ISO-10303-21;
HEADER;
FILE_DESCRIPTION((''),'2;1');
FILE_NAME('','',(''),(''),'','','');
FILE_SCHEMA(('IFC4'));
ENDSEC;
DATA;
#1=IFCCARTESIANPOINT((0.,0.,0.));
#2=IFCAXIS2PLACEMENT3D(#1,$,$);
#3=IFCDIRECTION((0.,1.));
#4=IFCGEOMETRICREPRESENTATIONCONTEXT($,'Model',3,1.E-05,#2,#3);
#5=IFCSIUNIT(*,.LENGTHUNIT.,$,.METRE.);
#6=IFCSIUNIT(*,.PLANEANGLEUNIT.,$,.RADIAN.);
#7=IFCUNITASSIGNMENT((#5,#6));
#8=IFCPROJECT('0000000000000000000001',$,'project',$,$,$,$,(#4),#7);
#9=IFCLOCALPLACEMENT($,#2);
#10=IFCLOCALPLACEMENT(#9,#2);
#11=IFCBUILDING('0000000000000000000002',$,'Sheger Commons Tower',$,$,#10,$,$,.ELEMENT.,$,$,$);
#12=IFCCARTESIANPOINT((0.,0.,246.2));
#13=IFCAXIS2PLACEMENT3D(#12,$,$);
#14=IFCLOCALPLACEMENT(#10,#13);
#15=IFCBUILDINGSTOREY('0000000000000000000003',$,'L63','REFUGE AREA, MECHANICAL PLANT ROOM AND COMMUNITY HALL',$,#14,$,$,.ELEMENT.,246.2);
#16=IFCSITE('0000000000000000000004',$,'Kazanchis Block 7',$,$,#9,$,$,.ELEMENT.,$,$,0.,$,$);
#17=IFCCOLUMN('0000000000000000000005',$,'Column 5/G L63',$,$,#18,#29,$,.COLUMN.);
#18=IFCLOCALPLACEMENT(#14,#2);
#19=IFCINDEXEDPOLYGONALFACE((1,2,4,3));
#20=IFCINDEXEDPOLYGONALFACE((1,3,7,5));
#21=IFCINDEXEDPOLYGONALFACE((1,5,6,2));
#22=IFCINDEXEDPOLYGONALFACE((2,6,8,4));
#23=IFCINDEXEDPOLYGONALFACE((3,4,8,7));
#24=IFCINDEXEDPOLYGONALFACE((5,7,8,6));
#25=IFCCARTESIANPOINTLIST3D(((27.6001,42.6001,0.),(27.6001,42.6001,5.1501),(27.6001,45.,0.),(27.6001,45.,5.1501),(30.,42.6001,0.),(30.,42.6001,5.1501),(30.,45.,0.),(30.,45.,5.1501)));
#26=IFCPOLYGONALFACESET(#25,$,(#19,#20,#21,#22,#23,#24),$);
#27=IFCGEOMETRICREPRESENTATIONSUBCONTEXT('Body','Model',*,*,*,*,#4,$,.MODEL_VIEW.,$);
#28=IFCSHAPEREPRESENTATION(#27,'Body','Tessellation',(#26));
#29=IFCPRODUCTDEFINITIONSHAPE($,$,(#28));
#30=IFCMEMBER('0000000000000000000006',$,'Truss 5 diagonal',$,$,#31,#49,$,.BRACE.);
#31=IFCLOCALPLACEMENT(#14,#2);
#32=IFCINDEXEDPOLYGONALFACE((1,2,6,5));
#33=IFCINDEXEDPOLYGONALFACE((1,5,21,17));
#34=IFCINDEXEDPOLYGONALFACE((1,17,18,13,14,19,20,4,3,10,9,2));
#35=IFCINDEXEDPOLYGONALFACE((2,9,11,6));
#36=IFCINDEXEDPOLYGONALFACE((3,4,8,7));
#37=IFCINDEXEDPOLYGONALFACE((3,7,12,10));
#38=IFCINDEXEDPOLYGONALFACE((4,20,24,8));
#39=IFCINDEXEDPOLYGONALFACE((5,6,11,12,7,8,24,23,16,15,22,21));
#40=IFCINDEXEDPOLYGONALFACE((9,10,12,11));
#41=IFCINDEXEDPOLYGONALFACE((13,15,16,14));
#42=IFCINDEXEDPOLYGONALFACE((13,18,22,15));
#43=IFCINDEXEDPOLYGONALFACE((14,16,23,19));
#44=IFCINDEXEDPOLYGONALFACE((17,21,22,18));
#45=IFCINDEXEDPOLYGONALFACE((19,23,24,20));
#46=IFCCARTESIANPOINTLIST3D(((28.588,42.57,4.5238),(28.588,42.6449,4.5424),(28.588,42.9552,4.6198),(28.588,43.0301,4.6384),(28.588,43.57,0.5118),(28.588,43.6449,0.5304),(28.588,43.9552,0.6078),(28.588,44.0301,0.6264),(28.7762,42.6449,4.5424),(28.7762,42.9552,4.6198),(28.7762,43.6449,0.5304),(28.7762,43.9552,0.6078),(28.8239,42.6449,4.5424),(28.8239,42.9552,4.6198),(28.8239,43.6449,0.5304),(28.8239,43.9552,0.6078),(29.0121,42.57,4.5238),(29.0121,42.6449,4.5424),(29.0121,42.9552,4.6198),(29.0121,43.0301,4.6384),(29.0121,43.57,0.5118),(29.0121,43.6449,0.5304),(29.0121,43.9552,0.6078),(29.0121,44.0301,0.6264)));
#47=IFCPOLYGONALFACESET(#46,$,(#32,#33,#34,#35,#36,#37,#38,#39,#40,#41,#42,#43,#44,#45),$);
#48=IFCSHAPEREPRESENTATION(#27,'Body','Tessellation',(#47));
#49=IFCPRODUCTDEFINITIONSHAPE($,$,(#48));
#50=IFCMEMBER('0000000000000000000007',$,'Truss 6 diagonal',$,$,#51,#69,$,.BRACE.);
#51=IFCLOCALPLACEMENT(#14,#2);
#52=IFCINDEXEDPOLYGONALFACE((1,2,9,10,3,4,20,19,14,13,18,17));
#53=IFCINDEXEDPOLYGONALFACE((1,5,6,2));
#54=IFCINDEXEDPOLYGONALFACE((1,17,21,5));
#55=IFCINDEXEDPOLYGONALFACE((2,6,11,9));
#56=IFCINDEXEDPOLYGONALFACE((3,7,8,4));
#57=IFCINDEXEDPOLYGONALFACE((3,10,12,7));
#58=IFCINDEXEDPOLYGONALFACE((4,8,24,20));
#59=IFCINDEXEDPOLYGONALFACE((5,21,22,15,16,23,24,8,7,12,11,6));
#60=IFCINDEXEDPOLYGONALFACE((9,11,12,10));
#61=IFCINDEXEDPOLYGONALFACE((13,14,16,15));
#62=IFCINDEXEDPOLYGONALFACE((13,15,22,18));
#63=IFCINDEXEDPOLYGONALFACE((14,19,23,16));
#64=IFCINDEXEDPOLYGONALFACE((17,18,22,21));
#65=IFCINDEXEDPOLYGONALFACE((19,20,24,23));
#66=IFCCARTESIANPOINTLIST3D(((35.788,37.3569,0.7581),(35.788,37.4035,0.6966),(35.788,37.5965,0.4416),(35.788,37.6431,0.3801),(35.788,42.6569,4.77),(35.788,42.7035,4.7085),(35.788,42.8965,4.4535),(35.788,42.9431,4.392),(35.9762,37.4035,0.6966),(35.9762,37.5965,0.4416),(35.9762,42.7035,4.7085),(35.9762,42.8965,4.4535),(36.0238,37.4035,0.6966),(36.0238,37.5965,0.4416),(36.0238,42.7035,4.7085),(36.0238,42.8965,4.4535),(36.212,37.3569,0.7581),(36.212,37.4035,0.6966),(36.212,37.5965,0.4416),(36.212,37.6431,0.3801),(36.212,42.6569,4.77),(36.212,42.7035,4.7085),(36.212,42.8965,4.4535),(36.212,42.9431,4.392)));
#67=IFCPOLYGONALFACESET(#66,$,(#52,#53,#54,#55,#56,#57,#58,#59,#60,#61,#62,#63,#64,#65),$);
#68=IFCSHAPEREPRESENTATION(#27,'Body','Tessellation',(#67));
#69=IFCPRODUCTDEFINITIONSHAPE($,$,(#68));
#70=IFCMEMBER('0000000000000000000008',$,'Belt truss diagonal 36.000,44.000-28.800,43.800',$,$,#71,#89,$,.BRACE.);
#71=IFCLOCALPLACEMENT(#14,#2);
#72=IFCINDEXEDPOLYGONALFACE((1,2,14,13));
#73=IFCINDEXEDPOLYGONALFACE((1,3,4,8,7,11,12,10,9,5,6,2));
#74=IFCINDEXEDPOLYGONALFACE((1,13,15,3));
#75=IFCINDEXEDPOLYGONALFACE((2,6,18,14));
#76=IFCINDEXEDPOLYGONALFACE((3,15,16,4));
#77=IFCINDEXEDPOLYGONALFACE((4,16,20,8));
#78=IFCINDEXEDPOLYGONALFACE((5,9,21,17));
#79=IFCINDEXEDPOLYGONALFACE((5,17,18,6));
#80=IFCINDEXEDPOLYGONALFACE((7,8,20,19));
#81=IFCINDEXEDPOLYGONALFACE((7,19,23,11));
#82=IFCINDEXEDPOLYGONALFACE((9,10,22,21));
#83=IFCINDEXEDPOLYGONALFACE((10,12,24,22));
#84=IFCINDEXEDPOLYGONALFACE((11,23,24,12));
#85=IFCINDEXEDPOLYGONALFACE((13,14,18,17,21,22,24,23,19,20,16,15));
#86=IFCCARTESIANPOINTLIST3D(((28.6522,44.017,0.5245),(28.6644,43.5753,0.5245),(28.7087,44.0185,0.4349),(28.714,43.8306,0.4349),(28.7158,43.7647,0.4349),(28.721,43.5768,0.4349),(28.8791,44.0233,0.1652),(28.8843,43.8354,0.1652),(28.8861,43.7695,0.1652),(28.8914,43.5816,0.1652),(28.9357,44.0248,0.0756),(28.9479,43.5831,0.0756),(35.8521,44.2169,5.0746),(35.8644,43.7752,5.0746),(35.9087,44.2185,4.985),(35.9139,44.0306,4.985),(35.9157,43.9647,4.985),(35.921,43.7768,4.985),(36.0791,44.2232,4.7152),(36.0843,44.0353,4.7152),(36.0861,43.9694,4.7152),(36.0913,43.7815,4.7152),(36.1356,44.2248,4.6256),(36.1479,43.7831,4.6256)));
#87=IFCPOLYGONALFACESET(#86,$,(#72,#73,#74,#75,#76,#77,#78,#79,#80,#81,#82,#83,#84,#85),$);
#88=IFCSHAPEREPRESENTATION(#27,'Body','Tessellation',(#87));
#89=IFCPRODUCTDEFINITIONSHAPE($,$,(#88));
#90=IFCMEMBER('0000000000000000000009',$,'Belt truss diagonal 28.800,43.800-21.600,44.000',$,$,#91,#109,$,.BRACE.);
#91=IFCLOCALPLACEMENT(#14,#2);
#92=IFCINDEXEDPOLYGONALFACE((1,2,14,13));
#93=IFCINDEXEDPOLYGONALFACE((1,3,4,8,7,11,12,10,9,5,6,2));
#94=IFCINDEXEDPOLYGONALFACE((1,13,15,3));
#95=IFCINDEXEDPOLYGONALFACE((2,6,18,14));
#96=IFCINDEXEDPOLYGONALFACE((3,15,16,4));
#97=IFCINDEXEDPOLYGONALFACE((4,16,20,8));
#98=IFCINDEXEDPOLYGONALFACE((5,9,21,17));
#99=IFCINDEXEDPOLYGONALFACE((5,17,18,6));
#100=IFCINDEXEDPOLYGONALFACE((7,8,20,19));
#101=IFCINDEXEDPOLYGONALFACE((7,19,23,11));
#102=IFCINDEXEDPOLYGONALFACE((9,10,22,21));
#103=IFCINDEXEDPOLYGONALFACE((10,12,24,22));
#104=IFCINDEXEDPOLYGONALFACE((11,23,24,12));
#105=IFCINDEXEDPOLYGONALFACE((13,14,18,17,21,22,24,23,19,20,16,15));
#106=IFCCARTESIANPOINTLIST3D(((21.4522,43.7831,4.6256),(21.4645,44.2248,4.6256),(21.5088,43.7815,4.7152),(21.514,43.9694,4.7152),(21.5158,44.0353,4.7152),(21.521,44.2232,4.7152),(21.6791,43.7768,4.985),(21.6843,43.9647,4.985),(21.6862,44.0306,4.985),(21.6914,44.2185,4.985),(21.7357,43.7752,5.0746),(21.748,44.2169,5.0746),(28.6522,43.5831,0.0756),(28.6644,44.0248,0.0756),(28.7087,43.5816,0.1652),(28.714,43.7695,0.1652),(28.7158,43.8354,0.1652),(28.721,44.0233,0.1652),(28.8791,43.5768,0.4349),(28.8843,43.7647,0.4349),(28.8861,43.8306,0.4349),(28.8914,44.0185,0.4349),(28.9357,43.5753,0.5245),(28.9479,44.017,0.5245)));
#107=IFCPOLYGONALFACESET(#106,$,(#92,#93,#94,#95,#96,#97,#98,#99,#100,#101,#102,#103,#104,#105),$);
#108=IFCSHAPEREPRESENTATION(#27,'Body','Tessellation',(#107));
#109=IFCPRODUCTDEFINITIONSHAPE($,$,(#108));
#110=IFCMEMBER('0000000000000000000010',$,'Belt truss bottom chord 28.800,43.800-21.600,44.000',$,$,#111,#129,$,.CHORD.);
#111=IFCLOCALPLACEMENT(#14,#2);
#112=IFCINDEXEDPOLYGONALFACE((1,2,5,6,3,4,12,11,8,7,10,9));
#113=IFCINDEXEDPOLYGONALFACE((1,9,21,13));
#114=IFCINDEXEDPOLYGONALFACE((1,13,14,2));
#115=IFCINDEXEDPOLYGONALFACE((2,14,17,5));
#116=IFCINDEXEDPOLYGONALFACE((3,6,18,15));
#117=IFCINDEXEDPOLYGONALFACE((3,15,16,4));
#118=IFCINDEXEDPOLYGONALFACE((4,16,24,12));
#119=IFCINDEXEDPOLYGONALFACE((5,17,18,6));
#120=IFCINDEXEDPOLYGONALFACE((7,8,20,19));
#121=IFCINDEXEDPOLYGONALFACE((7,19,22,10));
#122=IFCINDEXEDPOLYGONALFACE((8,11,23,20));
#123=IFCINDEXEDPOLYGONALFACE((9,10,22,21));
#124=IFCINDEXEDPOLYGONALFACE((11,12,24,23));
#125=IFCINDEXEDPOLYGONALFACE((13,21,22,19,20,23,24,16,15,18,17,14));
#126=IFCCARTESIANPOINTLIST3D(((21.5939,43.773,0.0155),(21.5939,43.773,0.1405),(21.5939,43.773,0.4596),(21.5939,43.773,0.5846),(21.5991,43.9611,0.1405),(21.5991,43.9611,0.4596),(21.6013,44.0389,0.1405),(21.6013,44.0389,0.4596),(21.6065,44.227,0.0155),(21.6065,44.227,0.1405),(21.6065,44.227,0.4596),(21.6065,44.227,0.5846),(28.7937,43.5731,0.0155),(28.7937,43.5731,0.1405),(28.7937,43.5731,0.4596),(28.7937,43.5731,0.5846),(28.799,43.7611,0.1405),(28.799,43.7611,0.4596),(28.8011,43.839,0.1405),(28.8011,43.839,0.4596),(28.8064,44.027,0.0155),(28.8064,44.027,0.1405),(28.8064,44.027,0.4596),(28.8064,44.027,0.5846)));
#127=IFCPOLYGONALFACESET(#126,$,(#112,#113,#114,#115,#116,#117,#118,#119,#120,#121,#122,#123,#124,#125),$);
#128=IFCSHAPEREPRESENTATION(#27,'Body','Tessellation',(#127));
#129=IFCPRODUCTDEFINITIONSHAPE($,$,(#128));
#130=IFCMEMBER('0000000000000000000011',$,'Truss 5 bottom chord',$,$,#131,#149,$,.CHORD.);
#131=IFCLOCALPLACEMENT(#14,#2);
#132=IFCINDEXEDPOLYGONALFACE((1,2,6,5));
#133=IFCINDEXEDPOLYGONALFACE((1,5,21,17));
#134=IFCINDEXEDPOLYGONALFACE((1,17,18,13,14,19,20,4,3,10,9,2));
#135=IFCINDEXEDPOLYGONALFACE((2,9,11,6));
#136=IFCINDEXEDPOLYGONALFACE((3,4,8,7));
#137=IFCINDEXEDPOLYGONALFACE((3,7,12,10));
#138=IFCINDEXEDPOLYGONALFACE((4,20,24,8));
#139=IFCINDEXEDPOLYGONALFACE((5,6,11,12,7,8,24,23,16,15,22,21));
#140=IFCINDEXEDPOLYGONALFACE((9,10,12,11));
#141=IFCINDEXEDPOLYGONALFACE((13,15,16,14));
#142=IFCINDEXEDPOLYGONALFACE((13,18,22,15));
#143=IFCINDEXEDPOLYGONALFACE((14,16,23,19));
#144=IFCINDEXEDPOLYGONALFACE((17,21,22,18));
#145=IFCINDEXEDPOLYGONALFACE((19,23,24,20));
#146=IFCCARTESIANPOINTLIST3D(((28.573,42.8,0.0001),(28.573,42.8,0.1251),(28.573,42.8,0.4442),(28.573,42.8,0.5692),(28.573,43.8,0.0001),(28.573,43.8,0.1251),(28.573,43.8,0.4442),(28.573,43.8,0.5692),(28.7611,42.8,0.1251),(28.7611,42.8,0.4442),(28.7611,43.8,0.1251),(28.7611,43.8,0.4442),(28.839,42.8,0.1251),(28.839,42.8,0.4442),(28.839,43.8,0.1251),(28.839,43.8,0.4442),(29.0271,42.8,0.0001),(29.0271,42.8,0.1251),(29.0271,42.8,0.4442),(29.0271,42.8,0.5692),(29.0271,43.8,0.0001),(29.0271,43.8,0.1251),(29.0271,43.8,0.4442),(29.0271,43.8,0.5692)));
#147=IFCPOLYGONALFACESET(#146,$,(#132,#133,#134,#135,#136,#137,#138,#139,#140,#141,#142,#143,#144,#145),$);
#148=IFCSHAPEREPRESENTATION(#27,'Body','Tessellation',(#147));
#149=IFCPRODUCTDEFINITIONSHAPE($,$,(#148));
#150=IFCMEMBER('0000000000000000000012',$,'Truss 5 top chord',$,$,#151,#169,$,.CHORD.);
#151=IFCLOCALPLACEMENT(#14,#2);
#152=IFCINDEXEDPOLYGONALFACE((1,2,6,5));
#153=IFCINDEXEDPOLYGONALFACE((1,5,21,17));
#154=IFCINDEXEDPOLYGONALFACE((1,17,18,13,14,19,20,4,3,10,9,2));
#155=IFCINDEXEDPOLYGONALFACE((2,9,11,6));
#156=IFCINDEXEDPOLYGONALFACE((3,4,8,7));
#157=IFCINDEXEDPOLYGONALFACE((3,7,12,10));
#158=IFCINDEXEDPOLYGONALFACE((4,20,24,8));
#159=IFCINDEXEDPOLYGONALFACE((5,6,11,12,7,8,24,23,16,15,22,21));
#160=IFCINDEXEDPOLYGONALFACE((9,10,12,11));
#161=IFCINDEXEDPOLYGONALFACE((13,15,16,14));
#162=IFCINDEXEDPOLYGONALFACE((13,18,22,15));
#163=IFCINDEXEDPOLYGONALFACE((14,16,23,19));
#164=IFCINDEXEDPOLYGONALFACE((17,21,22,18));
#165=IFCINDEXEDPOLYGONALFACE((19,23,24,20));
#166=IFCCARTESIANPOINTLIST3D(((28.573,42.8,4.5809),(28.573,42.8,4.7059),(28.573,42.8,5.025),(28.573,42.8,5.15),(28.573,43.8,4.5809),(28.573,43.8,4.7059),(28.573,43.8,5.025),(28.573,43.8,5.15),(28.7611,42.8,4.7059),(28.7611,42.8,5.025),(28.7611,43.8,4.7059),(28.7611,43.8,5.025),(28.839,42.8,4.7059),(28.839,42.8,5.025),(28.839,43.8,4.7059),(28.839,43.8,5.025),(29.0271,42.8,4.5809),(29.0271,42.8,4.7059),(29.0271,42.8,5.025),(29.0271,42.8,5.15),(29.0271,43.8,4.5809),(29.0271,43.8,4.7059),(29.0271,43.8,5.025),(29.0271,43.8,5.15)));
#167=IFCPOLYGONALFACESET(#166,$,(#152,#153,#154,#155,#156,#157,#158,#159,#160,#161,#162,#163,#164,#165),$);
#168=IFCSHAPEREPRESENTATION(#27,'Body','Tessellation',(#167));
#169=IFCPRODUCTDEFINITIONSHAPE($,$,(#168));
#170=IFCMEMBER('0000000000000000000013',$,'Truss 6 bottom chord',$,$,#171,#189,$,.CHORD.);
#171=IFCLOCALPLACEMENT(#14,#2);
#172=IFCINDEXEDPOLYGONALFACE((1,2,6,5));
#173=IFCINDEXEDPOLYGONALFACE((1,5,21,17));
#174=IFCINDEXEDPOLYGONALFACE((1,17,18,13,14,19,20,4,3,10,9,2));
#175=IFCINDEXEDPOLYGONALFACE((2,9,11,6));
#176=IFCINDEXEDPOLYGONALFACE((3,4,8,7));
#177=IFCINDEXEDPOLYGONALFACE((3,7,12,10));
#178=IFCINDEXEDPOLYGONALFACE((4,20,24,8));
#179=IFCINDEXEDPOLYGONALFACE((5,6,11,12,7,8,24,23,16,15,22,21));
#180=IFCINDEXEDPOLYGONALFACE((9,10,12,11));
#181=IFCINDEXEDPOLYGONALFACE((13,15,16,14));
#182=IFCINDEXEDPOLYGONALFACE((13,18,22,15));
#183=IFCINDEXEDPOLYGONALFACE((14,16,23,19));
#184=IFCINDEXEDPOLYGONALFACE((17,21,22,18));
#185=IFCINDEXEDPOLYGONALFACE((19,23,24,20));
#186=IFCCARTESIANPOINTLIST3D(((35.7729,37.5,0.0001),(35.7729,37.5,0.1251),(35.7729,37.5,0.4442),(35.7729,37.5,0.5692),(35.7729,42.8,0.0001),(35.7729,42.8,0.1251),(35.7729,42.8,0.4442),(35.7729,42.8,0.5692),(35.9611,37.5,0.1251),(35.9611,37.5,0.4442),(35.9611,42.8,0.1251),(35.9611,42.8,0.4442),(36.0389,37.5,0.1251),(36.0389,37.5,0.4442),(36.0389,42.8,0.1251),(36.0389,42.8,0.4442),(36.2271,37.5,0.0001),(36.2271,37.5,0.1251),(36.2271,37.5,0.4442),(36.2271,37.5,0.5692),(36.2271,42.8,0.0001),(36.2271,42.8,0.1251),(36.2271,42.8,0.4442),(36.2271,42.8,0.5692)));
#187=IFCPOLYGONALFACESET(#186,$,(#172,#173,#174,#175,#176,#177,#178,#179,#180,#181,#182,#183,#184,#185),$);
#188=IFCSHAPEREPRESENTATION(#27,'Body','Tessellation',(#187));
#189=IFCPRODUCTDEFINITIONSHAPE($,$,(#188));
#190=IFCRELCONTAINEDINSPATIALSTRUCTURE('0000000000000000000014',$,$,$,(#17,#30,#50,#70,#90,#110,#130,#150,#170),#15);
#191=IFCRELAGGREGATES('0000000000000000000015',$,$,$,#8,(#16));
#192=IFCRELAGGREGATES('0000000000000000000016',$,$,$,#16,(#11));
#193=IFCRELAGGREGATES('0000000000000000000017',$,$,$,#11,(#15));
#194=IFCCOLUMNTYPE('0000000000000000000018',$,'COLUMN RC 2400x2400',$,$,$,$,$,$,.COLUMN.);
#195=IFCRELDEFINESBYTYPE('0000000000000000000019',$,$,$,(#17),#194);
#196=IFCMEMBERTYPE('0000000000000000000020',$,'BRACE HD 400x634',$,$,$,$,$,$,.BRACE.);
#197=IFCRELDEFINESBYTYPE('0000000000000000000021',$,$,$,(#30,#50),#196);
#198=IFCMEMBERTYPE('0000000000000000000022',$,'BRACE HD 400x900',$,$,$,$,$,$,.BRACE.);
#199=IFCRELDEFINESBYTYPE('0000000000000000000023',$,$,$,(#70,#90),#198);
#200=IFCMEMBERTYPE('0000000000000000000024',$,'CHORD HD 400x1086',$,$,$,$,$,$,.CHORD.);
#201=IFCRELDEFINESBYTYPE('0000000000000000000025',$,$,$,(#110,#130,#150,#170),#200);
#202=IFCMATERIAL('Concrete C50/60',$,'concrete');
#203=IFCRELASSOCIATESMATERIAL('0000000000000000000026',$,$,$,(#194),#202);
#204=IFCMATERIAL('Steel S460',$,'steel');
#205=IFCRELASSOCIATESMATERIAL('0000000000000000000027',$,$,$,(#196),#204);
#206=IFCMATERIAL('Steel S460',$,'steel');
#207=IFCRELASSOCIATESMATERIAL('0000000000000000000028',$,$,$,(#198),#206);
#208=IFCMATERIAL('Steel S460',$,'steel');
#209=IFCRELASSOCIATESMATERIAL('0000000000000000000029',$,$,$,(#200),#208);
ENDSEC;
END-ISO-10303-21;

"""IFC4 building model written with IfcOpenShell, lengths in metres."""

from ifc_helpers import new_model, si_unit, direction, frame, origin, origin_2d, place, context, subcontext, project, spatial, rectangle, i_section, extrude, material, material_profile, profile_set, type_object, element, save


model = new_model("IFC4")

# Units and contexts
model_context = context("Model", 3, precision=1e-05, world=origin(), true_north=direction((0.0, 1.0)))
body_context = subcontext(model_context, "Body", "Model", "MODEL_VIEW")
ifc_project = project(units=[si_unit("LENGTHUNIT", "METRE"), si_unit("PLANEANGLEUNIT", "RADIAN")], contexts=[model_context])

# Site, building, storey
site_placement = place(None, origin())
site = spatial("IfcSite", under=ifc_project, at=site_placement, Name="Kazanchis Block 7", CompositionType="ELEMENT", RefElevation=0.0)
building_placement = place(site_placement, origin())
building = spatial("IfcBuilding", under=site, at=building_placement, Name="Sheger Commons Tower", CompositionType="ELEMENT")
storey_placement = place(building_placement, frame((0.0, 0.0, 246.2)))
storey = spatial("IfcBuildingStorey", under=building, at=storey_placement, Name="L63", Description="REFUGE AREA, MECHANICAL PLANT ROOM AND COMMUNITY HALL", CompositionType="ELEMENT", Elevation=246.2)

# Column
ifc_material_1 = material(Name="Concrete C50/60", Category="concrete")
ifc_material_profile_1 = material_profile(ifc_material_1, rectangle(XDim=2.3999, YDim=2.3999, at=origin_2d()), Name="RC 2400x2400")
ifc_profile_set_1 = profile_set([ifc_material_profile_1], Name="Concrete C50/60")
column_type = type_object("IfcColumnType", Name="COLUMN RC 2400x2400", PredefinedType="COLUMN", material=ifc_profile_set_1)
column_placement = place(storey_placement, frame((28.8, 43.8, 0.0), z_axis=(0.0, 0.0, 1.0), x_axis=(1.0, 0.0, 0.0)))
element("IfcColumn", 1, at=column_placement, inside=storey, type_object=column_type, Name="Column 5/G L63", PredefinedType="COLUMN", context=body_context, shape_type="SweptSolid", body=[
    extrude(rectangle(XDim=2.3999, YDim=2.3999, at=origin_2d()), origin(), (0.0, 0.0, 1.0), 5.1501),
])

# Members
ifc_material_2 = material(Name="Steel S460", Category="steel")
ifc_material_profile_2 = material_profile(ifc_material_2, i_section(OverallWidth=0.4241, OverallDepth=0.4741, WebThickness=0.0476, FlangeThickness=0.0771, at=origin_2d()), Name="HD 400x634")
ifc_profile_set_2 = profile_set([ifc_material_profile_2], Name="Steel S460")
member_type_1 = type_object("IfcMemberType", Name="BRACE HD 400x634", PredefinedType="BRACE", material=ifc_profile_set_2)
member_1_placement = place(storey_placement, frame((28.8, 43.8, 0.5691), z_axis=(0.0, -0.241855, 0.970312), x_axis=(1.0, 0.0, 0.0)))
element("IfcMember", 2, at=member_1_placement, inside=storey, type_object=member_type_1, Name="Truss 5 diagonal", PredefinedType="BRACE", context=body_context, shape_type="SweptSolid", body=[
    extrude(i_section(OverallWidth=0.4241, OverallDepth=0.4741, WebThickness=0.0476, FlangeThickness=0.0771, at=origin_2d()), origin(), (0.0, 0.0, 1.0), 4.1348),
])
member_2_placement = place(storey_placement, frame((36.0, 37.5, 0.5691), z_axis=(0.0, 0.797326, 0.603549), x_axis=(-1.0, 0.0, 0.0)))
element("IfcMember", 3, at=member_2_placement, inside=storey, type_object=member_type_1, Name="Truss 6 diagonal", PredefinedType="BRACE", context=body_context, shape_type="SweptSolid", body=[
    extrude(i_section(OverallWidth=0.4241, OverallDepth=0.4741, WebThickness=0.0476, FlangeThickness=0.0771, at=origin_2d()), origin(), (0.0, 0.0, 1.0), 6.6472),
])
ifc_material_3 = material(Name="Steel S460", Category="steel")
ifc_material_profile_3 = material_profile(ifc_material_3, i_section(OverallWidth=0.4419, OverallDepth=0.531, WebThickness=0.0659, FlangeThickness=0.106, at=origin_2d()), Name="HD 400x900")
ifc_profile_set_3 = profile_set([ifc_material_profile_3], Name="Steel S460")
member_type_2 = type_object("IfcMemberType", Name="BRACE HD 400x900", PredefinedType="BRACE", material=ifc_profile_set_3)
for number, where, z_axis, x_axis, name in (
    (4, (28.8, 43.8, 0.3), (0.845112, 0.02347, 0.534073), (-0.02776, 0.999615, 0.0), "Belt truss diagonal 36.000,44.000-28.800,43.800"),
    (5, (28.8, 43.8, 0.3), (-0.845112, 0.02347, 0.534073), (-0.02776, -0.999615, 0.0), "Belt truss diagonal 28.800,43.800-21.600,44.000"),
):
    element("IfcMember", number, at=place(storey_placement, frame(where, z_axis=z_axis, x_axis=x_axis)), inside=storey, type_object=member_type_2, Name=name, PredefinedType="BRACE", context=body_context, shape_type="SweptSolid", body=[
        extrude(i_section(OverallWidth=0.4419, OverallDepth=0.531, WebThickness=0.0659, FlangeThickness=0.106, at=origin_2d()), origin(), (0.0, 0.0, 1.0), 8.5195),
    ])
ifc_material_4 = material(Name="Steel S460", Category="steel")
ifc_material_profile_4 = material_profile(ifc_material_4, i_section(OverallWidth=0.4541, OverallDepth=0.5691, WebThickness=0.0779, FlangeThickness=0.125, at=origin_2d()), Name="HD 400x1086")
ifc_profile_set_4 = profile_set([ifc_material_profile_4], Name="Steel S460")
member_type_3 = type_object("IfcMemberType", Name="CHORD HD 400x1086", PredefinedType="CHORD", material=ifc_profile_set_4)
member_3_placement = place(storey_placement, frame((28.8, 43.8, 0.3), z_axis=(-0.999615, 0.02776, 0.0), x_axis=(-0.02776, -0.999615, 0.0)))
element("IfcMember", 6, at=member_3_placement, inside=storey, type_object=member_type_3, Name="Belt truss bottom chord 28.800,43.800-21.600,44.000", PredefinedType="CHORD", context=body_context, shape_type="SweptSolid", body=[
    extrude(i_section(OverallWidth=0.4541, OverallDepth=0.5691, WebThickness=0.0779, FlangeThickness=0.125, at=origin_2d()), origin(), (0.0, 0.0, 1.0), 7.2026),
])
for number, where, z_axis, x_axis, name in (
    (7, (28.8, 42.8, 0.2847), (0.0, 1.0, 0.0), (-1.0, 0.0, 0.0), "Truss 5 bottom chord"),
    (8, (28.8, 42.8, 4.8655), (0.0, 1.0, 0.0), (-1.0, 0.0, 0.0), "Truss 5 top chord"),
):
    element("IfcMember", number, at=place(storey_placement, frame(where, z_axis=z_axis, x_axis=x_axis)), inside=storey, type_object=member_type_3, Name=name, PredefinedType="CHORD", context=body_context, shape_type="SweptSolid", body=[
        extrude(i_section(OverallWidth=0.4541, OverallDepth=0.5691, WebThickness=0.0779, FlangeThickness=0.125, at=origin_2d()), origin(), (0.0, 0.0, 1.0), 1.0),
    ])
member_4_placement = place(storey_placement, frame((36.0, 37.5, 0.2847), z_axis=(0.0, 1.0, 0.0), x_axis=(-1.0, 0.0, 0.0)))
element("IfcMember", 9, at=member_4_placement, inside=storey, type_object=member_type_3, Name="Truss 6 bottom chord", PredefinedType="CHORD", context=body_context, shape_type="SweptSolid", body=[
    extrude(i_section(OverallWidth=0.4541, OverallDepth=0.5691, WebThickness=0.0779, FlangeThickness=0.125, at=origin_2d()), origin(), (0.0, 0.0, 1.0), 5.3),
])

save(model, "model.ifc")
